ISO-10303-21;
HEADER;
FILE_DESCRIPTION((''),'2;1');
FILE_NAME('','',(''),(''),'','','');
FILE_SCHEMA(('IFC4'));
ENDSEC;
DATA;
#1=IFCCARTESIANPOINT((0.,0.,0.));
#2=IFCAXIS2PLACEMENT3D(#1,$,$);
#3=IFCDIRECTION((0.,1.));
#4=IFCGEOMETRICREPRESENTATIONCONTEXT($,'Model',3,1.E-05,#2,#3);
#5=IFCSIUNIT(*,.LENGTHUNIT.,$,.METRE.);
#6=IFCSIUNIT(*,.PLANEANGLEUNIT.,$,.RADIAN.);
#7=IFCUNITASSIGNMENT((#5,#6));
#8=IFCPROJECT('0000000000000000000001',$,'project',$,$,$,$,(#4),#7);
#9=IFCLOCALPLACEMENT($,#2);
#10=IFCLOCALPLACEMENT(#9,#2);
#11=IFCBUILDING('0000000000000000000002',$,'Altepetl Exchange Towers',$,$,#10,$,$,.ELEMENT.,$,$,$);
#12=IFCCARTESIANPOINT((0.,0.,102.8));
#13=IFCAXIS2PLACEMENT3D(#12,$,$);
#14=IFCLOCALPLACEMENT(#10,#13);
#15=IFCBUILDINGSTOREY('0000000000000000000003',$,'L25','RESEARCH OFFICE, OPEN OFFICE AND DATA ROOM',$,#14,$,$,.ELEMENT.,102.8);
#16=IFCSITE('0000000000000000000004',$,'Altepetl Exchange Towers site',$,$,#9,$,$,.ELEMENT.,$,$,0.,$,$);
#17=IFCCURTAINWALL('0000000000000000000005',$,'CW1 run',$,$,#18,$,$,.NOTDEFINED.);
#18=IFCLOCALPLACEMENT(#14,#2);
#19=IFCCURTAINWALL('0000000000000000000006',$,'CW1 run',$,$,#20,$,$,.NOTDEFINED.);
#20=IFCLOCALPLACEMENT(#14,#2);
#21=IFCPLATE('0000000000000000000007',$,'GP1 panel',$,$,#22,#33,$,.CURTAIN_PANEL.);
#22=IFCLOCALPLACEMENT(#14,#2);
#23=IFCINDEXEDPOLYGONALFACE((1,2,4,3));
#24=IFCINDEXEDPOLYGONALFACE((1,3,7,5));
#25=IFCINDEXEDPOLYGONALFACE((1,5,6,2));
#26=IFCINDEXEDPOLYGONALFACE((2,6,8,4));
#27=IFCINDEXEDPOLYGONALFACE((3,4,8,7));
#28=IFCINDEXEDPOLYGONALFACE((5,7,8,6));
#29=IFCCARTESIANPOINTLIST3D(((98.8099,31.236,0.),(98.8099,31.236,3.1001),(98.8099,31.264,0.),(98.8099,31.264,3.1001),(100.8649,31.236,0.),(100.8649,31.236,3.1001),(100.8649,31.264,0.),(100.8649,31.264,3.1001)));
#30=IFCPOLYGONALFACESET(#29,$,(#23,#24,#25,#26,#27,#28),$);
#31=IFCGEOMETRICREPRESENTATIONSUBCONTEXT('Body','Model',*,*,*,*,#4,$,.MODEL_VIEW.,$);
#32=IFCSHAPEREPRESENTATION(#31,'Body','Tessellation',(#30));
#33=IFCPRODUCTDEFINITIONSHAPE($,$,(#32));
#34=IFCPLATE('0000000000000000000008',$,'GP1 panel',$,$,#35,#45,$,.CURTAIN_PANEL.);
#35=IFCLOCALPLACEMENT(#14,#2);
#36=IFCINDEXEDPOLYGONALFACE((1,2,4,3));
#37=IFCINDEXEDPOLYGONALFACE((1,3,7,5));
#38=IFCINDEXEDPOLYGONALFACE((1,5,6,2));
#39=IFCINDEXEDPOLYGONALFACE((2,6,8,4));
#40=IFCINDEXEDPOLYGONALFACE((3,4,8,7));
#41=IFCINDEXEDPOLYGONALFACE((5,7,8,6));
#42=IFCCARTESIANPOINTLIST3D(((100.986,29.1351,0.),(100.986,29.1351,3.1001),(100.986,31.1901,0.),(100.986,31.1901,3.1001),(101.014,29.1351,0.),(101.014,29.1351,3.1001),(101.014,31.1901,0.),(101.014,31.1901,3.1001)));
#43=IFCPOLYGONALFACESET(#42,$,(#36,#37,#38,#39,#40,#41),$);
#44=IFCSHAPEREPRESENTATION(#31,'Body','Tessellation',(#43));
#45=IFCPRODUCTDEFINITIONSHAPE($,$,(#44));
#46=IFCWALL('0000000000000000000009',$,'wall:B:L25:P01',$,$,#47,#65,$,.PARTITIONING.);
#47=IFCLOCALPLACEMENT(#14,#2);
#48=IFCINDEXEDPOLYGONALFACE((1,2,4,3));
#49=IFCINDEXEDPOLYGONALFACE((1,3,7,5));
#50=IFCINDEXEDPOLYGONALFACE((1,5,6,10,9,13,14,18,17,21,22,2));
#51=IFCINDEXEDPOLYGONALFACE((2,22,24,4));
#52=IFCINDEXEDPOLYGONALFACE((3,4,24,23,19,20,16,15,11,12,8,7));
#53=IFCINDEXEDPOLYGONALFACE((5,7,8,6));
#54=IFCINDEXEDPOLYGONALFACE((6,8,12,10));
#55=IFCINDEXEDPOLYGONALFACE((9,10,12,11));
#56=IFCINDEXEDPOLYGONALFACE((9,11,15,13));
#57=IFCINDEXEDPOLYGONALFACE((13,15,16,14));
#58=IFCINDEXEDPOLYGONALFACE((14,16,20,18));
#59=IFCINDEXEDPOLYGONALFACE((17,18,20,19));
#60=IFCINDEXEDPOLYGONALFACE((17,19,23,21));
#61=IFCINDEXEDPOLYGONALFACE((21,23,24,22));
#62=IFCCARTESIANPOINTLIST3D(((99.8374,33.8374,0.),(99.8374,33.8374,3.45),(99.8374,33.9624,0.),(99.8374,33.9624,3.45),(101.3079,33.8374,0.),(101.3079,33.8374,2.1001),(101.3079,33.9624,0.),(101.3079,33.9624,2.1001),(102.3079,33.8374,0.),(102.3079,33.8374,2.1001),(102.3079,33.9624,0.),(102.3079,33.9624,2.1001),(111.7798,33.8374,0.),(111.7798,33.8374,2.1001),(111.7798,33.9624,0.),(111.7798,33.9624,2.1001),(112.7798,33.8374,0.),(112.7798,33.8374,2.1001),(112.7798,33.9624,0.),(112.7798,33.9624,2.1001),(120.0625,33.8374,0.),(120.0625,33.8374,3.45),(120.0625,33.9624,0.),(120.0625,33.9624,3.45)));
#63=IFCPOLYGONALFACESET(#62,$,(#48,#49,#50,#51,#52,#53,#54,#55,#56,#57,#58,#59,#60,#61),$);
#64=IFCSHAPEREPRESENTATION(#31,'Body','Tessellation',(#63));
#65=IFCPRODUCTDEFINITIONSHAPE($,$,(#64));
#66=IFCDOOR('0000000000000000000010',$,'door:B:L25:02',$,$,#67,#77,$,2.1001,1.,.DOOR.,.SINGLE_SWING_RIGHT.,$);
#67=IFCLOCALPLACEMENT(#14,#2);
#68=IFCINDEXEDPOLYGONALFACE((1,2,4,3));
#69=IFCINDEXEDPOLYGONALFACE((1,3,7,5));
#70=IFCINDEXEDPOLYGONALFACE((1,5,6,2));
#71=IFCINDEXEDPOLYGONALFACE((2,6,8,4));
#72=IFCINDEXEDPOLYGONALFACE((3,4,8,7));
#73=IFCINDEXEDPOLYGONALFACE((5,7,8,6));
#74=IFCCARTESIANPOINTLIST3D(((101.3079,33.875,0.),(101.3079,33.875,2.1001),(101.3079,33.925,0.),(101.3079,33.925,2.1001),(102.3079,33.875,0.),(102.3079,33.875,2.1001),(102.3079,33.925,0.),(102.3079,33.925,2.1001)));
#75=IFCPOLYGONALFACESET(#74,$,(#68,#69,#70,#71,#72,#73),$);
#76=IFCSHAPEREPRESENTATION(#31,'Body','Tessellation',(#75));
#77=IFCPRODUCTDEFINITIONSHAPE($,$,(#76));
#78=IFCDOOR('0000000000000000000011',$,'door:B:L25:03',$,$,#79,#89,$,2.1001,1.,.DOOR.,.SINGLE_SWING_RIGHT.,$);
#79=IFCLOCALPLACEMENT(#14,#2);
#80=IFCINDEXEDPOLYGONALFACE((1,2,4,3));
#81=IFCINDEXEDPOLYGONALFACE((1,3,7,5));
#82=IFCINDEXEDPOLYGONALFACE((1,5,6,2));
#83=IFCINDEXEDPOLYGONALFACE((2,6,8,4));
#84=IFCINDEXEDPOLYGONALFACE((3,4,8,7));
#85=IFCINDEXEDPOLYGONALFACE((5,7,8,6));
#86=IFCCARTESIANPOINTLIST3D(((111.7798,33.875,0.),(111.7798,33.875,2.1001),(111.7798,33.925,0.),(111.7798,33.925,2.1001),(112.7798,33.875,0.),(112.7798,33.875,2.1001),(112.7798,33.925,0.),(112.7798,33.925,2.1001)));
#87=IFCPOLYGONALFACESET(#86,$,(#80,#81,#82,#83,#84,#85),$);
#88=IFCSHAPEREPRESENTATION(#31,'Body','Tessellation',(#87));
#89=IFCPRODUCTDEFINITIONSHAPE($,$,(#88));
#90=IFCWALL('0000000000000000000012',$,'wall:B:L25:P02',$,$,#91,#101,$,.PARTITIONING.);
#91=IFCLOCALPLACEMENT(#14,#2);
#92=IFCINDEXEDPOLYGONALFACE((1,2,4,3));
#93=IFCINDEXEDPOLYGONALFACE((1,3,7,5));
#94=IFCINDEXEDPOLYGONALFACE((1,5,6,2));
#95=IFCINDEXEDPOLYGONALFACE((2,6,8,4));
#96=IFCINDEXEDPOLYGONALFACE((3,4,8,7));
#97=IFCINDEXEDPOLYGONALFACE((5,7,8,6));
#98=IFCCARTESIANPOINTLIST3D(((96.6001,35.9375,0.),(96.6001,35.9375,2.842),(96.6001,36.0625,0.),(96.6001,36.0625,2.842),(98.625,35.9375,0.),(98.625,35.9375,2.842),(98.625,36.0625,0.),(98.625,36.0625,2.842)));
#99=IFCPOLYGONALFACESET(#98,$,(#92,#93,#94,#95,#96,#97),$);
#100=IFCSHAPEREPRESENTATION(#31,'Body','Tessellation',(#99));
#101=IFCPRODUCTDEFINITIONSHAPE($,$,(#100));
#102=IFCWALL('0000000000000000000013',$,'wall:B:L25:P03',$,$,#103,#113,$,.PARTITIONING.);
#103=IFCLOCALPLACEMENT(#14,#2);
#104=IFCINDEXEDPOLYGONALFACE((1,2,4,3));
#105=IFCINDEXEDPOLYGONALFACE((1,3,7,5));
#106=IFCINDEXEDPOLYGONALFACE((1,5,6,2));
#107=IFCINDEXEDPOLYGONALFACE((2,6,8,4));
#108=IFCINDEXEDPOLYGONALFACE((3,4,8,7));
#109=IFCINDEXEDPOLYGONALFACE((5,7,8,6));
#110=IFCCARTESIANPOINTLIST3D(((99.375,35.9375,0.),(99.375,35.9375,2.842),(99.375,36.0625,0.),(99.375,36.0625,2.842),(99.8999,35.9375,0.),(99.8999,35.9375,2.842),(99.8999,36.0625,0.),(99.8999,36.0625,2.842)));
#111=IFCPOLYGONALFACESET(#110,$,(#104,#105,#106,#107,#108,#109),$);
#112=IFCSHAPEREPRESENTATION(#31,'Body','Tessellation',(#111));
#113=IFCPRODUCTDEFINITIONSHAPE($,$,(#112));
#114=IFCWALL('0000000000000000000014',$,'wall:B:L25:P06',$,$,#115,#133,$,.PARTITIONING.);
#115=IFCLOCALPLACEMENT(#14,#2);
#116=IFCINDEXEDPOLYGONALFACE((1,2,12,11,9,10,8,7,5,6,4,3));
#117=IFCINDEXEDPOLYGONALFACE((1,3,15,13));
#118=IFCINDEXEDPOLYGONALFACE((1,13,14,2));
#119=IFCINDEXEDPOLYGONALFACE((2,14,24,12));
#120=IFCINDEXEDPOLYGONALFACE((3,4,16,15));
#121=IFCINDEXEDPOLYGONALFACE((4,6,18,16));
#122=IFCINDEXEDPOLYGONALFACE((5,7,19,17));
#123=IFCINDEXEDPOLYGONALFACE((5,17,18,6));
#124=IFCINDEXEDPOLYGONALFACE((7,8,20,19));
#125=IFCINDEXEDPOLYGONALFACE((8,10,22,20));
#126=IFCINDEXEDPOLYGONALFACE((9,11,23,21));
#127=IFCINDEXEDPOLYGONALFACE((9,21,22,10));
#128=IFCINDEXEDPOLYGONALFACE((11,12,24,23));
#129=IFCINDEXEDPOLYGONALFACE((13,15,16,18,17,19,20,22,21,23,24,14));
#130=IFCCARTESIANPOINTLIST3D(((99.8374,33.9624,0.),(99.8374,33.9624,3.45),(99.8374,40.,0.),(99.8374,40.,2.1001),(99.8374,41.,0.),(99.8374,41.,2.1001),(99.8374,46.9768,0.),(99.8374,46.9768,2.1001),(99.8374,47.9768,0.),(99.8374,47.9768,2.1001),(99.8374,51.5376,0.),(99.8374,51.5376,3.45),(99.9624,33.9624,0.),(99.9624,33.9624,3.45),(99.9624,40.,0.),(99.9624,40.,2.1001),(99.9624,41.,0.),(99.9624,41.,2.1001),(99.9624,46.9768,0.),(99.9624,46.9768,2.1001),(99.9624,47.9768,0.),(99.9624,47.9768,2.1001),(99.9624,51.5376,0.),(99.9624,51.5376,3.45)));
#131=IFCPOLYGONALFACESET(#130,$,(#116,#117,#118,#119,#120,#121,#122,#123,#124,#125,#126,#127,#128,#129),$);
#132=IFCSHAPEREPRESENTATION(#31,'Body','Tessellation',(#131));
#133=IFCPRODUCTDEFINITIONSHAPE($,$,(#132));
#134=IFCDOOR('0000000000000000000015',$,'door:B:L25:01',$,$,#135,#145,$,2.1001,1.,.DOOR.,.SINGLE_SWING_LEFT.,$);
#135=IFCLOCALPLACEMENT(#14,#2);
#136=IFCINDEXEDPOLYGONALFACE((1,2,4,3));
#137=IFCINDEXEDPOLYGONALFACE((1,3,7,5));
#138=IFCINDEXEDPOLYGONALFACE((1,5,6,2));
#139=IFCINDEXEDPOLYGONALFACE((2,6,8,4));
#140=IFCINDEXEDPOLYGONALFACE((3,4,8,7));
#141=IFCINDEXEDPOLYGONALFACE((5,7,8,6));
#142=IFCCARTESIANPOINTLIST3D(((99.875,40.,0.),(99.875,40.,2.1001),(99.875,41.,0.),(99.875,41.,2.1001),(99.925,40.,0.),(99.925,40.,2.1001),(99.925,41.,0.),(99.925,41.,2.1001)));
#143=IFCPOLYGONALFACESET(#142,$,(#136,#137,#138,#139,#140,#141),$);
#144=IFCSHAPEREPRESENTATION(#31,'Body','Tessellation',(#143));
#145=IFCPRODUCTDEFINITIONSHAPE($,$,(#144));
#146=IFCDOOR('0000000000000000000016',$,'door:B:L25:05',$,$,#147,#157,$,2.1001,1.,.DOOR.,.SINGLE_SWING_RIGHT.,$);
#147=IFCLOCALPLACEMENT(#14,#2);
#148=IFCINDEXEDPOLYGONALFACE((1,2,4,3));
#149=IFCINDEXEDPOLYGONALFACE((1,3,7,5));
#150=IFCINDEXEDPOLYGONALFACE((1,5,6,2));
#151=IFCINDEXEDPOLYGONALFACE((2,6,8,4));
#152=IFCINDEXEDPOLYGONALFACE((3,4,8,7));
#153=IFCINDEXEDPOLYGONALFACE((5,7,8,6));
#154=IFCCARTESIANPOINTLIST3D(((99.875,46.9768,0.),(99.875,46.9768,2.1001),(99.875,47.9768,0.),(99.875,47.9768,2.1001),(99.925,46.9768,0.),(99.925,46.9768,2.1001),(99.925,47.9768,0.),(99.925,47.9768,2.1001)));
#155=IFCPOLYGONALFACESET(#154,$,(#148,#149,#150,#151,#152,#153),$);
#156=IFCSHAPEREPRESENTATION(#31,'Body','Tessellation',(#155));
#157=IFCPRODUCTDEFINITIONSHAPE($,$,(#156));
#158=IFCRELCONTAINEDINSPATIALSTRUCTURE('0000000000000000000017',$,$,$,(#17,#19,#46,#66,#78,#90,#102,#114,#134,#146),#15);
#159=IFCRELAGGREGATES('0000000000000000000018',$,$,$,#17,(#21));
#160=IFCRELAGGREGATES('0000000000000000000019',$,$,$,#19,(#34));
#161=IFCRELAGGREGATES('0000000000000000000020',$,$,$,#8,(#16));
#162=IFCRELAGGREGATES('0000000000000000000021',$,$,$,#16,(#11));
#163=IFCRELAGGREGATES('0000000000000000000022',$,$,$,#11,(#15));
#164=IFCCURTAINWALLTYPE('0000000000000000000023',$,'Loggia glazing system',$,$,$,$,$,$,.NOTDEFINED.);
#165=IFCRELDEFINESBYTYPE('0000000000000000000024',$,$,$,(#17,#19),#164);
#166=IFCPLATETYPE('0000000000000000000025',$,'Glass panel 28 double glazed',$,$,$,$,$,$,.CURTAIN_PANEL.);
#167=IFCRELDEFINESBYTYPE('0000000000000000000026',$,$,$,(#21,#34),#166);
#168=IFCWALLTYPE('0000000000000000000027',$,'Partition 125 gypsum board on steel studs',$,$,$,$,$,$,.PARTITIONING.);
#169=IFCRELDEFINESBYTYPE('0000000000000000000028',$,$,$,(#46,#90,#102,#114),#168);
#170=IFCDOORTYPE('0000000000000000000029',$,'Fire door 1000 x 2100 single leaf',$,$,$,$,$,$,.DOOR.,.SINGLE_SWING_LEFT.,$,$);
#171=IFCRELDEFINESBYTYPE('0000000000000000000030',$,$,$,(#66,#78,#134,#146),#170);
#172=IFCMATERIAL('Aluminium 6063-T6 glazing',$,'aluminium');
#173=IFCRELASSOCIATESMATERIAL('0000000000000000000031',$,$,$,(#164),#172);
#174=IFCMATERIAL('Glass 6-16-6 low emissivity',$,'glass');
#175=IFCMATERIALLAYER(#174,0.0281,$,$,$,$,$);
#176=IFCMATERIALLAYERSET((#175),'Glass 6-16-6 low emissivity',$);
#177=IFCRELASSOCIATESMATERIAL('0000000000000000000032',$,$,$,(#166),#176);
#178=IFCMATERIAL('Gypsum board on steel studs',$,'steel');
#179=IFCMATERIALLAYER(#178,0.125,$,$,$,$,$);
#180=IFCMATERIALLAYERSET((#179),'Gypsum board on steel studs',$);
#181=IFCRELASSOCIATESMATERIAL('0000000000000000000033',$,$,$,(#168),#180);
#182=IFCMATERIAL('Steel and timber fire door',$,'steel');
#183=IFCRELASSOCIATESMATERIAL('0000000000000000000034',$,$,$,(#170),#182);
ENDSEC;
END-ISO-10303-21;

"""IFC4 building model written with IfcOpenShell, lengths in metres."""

from ifc_helpers import new_model, si_unit, direction, frame, frame_2d, origin, origin_2d, place, context, subcontext, project, spatial, rectangle, extrude, material, layer, layer_set, type_object, element, fill, aggregate, save


model = new_model("IFC4")

# Units and contexts
model_context = context("Model", 3, precision=1e-05, world=origin(), true_north=direction((0.0, 1.0)))
body_context = subcontext(model_context, "Body", "Model", "MODEL_VIEW")
ifc_project = project(units=[si_unit("LENGTHUNIT", "METRE"), si_unit("PLANEANGLEUNIT", "RADIAN")], contexts=[model_context])

# Site, building, storey
site_placement = place(None, origin())
site = spatial("IfcSite", under=ifc_project, at=site_placement, Name="Altepetl Exchange Towers site", CompositionType="ELEMENT", RefElevation=0.0)
building_placement = place(site_placement, origin())
building = spatial("IfcBuilding", under=site, at=building_placement, Name="Altepetl Exchange Towers", CompositionType="ELEMENT")
storey_placement = place(building_placement, frame((0.0, 0.0, 102.8)))
storey = spatial("IfcBuildingStorey", under=building, at=storey_placement, Name="L25", Description="RESEARCH OFFICE, OPEN OFFICE AND DATA ROOM", CompositionType="ELEMENT", Elevation=102.8)

# Curtain walls
ifc_material_1 = material(Name="Aluminium 6063-T6 glazing", Category="aluminium")
curtain_wall_type = type_object("IfcCurtainWallType", Name="Loggia glazing system", PredefinedType="NOTDEFINED", material=ifc_material_1)
curtain_wall_1_placement = place(storey_placement, origin())
curtain_wall_1 = element("IfcCurtainWall", 1, at=curtain_wall_1_placement, inside=storey, type_object=curtain_wall_type, Name="CW1 run", PredefinedType="NOTDEFINED")
curtain_wall_2_placement = place(storey_placement, origin())
curtain_wall_2 = element("IfcCurtainWall", 2, at=curtain_wall_2_placement, inside=storey, type_object=curtain_wall_type, Name="CW1 run", PredefinedType="NOTDEFINED")

# Plates
ifc_material_2 = material(Name="Glass 6-16-6 low emissivity", Category="glass")
ifc_layer_1 = layer(ifc_material_2, 0.0281)
ifc_layer_set_1 = layer_set([ifc_layer_1], Name="Glass 6-16-6 low emissivity")
plate_type = type_object("IfcPlateType", Name="Glass panel 28 double glazed", PredefinedType="CURTAIN_PANEL", material=ifc_layer_set_1)
plate_1_placement = place(storey_placement, frame((99.8374, 31.25, 0.0)))
plate_1 = element("IfcPlate", 3, at=plate_1_placement, type_object=plate_type, Name="GP1 panel", PredefinedType="CURTAIN_PANEL", context=body_context, shape_type="SweptSolid", body=[
    extrude(rectangle(XDim=2.0549, YDim=0.0281, at=origin_2d()), origin(), (0.0, 0.0, 1.0), 3.1001),
])
aggregate(curtain_wall_1, [plate_1])
plate_2_placement = place(storey_placement, frame((101.0, 30.1626, 0.0), z_axis=(0.0, 0.0, 1.0), x_axis=(0.0, -1.0, 0.0)))
plate_2 = element("IfcPlate", 4, at=plate_2_placement, type_object=plate_type, Name="GP1 panel", PredefinedType="CURTAIN_PANEL", context=body_context, shape_type="SweptSolid", body=[
    extrude(rectangle(XDim=2.0549, YDim=0.0281, at=origin_2d()), origin(), (0.0, 0.0, 1.0), 3.1001),
])
aggregate(curtain_wall_2, [plate_2])

# Wall, openings, doors
ifc_material_3 = material(Name="Gypsum board on steel studs", Category="steel")
ifc_layer_2 = layer(ifc_material_3, 0.125)
ifc_layer_set_2 = layer_set([ifc_layer_2], Name="Gypsum board on steel studs")
wall_type = type_object("IfcWallType", Name="Partition 125 gypsum board on steel studs", PredefinedType="PARTITIONING", material=ifc_layer_set_2)
wall_1_placement = place(storey_placement, frame((99.8374, 33.8999, 0.0)))
wall_1 = element("IfcWall", 5, at=wall_1_placement, inside=storey, type_object=wall_type, Name="wall:B:L25:P01", PredefinedType="PARTITIONING", context=body_context, shape_type="SweptSolid", body=[
    extrude(rectangle(XDim=20.2251, YDim=0.125, at=frame_2d((10.1125, 0.0))), origin(), (0.0, 0.0, 1.0), 3.45),
])
opening_1_placement = place(wall_1_placement, frame((1.4705, 0.0, 0.0)))
opening_1 = element("IfcOpeningElement", 6, at=opening_1_placement, cuts=wall_1, PredefinedType="OPENING", context=body_context, shape_type="SweptSolid", body=[
    extrude(rectangle(XDim=1.0, YDim=2.1001, at=frame_2d((0.5, 1.05))), frame((0.0, 0.0725, 0.0), z_axis=(0.0, -1.0, 0.0), x_axis=(1.0, 0.0, 0.0)), (0.0, 0.0, 1.0), 0.145),
])
opening_2_placement = place(wall_1_placement, frame((11.9424, 0.0, 0.0)))
opening_2 = element("IfcOpeningElement", 7, at=opening_2_placement, cuts=wall_1, PredefinedType="OPENING", context=body_context, shape_type="SweptSolid", body=[
    extrude(rectangle(XDim=1.0, YDim=2.1001, at=frame_2d((0.5, 1.05))), frame((0.0, 0.0725, 0.0), z_axis=(0.0, -1.0, 0.0), x_axis=(1.0, 0.0, 0.0)), (0.0, 0.0, 1.0), 0.145),
])
ifc_material_4 = material(Name="Steel and timber fire door", Category="steel")
door_type = type_object("IfcDoorType", Name="Fire door 1000 x 2100 single leaf", OperationType="SINGLE_SWING_LEFT", PredefinedType="DOOR", material=ifc_material_4)
door_1_placement = place(opening_1_placement, frame((1.0, 0.0, 0.0), x_axis=(-1.0, 0.0, 0.0)))
door_1 = element("IfcDoor", 8, at=door_1_placement, inside=storey, type_object=door_type, Name="door:B:L25:02", OperationType="SINGLE_SWING_RIGHT", OverallHeight=2.1001, OverallWidth=1.0, PredefinedType="DOOR", context=body_context, shape_type="SweptSolid", body=[
    extrude(rectangle(XDim=1.0, YDim=2.1001, at=frame_2d((0.5, 1.05))), frame((0.0, 0.0249, 0.0), z_axis=(0.0, -1.0, 0.0), x_axis=(1.0, 0.0, 0.0)), (0.0, 0.0, 1.0), 0.05),
])
fill(opening_1, door_1)
door_2_placement = place(opening_2_placement, frame((1.0, 0.0, 0.0), x_axis=(-1.0, 0.0, 0.0)))
door_2 = element("IfcDoor", 9, at=door_2_placement, inside=storey, type_object=door_type, Name="door:B:L25:03", OperationType="SINGLE_SWING_RIGHT", OverallHeight=2.1001, OverallWidth=1.0, PredefinedType="DOOR", context=body_context, shape_type="SweptSolid", body=[
    extrude(rectangle(XDim=1.0, YDim=2.1001, at=frame_2d((0.5, 1.05))), frame((0.0, 0.0249, 0.0), z_axis=(0.0, -1.0, 0.0), x_axis=(1.0, 0.0, 0.0)), (0.0, 0.0, 1.0), 0.05),
])
fill(opening_2, door_2)

# Walls
wall_2_placement = place(storey_placement, frame((96.6001, 36.0, 0.0)))
element("IfcWall", 10, at=wall_2_placement, inside=storey, type_object=wall_type, Name="wall:B:L25:P02", PredefinedType="PARTITIONING", context=body_context, shape_type="SweptSolid", body=[
    extrude(rectangle(XDim=2.0249, YDim=0.125, at=frame_2d((1.0125, 0.0))), origin(), (0.0, 0.0, 1.0), 2.842),
])
wall_3_placement = place(storey_placement, frame((99.375, 36.0, 0.0)))
element("IfcWall", 11, at=wall_3_placement, inside=storey, type_object=wall_type, Name="wall:B:L25:P03", PredefinedType="PARTITIONING", context=body_context, shape_type="SweptSolid", body=[
    extrude(rectangle(XDim=0.5249, YDim=0.125, at=frame_2d((0.2625, 0.0))), origin(), (0.0, 0.0, 1.0), 2.842),
])

# Wall, openings, doors
wall_4_placement = place(storey_placement, frame((99.8999, 33.9624, 0.0), z_axis=(0.0, 0.0, 1.0), x_axis=(0.0, 1.0, 0.0)))
wall_4 = element("IfcWall", 12, at=wall_4_placement, inside=storey, type_object=wall_type, Name="wall:B:L25:P06", PredefinedType="PARTITIONING", context=body_context, shape_type="SweptSolid", body=[
    extrude(rectangle(XDim=17.5752, YDim=0.125, at=frame_2d((8.7876, 0.0))), origin(), (0.0, 0.0, 1.0), 3.45),
])
opening_3_placement = place(wall_4_placement, frame((6.0376, 0.0, 0.0)))
opening_3 = element("IfcOpeningElement", 13, at=opening_3_placement, cuts=wall_4, PredefinedType="OPENING", context=body_context, shape_type="SweptSolid", body=[
    extrude(rectangle(XDim=1.0, YDim=2.1001, at=frame_2d((0.5, 1.05))), frame((0.0, 0.0725, 0.0), z_axis=(0.0, -1.0, 0.0), x_axis=(1.0, 0.0, 0.0)), (0.0, 0.0, 1.0), 0.145),
])
opening_4_placement = place(wall_4_placement, frame((13.0144, 0.0, 0.0)))
opening_4 = element("IfcOpeningElement", 14, at=opening_4_placement, cuts=wall_4, PredefinedType="OPENING", context=body_context, shape_type="SweptSolid", body=[
    extrude(rectangle(XDim=1.0, YDim=2.1001, at=frame_2d((0.5, 1.05))), frame((0.0, 0.0725, 0.0), z_axis=(0.0, -1.0, 0.0), x_axis=(1.0, 0.0, 0.0)), (0.0, 0.0, 1.0), 0.145),
])
door_3_placement = place(opening_3_placement, origin())
door_3 = element("IfcDoor", 15, at=door_3_placement, inside=storey, type_object=door_type, Name="door:B:L25:01", OperationType="SINGLE_SWING_LEFT", OverallHeight=2.1001, OverallWidth=1.0, PredefinedType="DOOR", context=body_context, shape_type="SweptSolid", body=[
    extrude(rectangle(XDim=1.0, YDim=2.1001, at=frame_2d((0.5, 1.05))), frame((0.0, 0.0249, 0.0), z_axis=(0.0, -1.0, 0.0), x_axis=(1.0, 0.0, 0.0)), (0.0, 0.0, 1.0), 0.05),
])
fill(opening_3, door_3)
door_4_placement = place(opening_4_placement, origin())
door_4 = element("IfcDoor", 16, at=door_4_placement, inside=storey, type_object=door_type, Name="door:B:L25:05", OperationType="SINGLE_SWING_RIGHT", OverallHeight=2.1001, OverallWidth=1.0, PredefinedType="DOOR", context=body_context, shape_type="SweptSolid", body=[
    extrude(rectangle(XDim=1.0, YDim=2.1001, at=frame_2d((0.5, 1.05))), frame((0.0, 0.0249, 0.0), z_axis=(0.0, -1.0, 0.0), x_axis=(1.0, 0.0, 0.0)), (0.0, 0.0, 1.0), 0.05),
])
fill(opening_4, door_4)

save(model, "model.ifc")
